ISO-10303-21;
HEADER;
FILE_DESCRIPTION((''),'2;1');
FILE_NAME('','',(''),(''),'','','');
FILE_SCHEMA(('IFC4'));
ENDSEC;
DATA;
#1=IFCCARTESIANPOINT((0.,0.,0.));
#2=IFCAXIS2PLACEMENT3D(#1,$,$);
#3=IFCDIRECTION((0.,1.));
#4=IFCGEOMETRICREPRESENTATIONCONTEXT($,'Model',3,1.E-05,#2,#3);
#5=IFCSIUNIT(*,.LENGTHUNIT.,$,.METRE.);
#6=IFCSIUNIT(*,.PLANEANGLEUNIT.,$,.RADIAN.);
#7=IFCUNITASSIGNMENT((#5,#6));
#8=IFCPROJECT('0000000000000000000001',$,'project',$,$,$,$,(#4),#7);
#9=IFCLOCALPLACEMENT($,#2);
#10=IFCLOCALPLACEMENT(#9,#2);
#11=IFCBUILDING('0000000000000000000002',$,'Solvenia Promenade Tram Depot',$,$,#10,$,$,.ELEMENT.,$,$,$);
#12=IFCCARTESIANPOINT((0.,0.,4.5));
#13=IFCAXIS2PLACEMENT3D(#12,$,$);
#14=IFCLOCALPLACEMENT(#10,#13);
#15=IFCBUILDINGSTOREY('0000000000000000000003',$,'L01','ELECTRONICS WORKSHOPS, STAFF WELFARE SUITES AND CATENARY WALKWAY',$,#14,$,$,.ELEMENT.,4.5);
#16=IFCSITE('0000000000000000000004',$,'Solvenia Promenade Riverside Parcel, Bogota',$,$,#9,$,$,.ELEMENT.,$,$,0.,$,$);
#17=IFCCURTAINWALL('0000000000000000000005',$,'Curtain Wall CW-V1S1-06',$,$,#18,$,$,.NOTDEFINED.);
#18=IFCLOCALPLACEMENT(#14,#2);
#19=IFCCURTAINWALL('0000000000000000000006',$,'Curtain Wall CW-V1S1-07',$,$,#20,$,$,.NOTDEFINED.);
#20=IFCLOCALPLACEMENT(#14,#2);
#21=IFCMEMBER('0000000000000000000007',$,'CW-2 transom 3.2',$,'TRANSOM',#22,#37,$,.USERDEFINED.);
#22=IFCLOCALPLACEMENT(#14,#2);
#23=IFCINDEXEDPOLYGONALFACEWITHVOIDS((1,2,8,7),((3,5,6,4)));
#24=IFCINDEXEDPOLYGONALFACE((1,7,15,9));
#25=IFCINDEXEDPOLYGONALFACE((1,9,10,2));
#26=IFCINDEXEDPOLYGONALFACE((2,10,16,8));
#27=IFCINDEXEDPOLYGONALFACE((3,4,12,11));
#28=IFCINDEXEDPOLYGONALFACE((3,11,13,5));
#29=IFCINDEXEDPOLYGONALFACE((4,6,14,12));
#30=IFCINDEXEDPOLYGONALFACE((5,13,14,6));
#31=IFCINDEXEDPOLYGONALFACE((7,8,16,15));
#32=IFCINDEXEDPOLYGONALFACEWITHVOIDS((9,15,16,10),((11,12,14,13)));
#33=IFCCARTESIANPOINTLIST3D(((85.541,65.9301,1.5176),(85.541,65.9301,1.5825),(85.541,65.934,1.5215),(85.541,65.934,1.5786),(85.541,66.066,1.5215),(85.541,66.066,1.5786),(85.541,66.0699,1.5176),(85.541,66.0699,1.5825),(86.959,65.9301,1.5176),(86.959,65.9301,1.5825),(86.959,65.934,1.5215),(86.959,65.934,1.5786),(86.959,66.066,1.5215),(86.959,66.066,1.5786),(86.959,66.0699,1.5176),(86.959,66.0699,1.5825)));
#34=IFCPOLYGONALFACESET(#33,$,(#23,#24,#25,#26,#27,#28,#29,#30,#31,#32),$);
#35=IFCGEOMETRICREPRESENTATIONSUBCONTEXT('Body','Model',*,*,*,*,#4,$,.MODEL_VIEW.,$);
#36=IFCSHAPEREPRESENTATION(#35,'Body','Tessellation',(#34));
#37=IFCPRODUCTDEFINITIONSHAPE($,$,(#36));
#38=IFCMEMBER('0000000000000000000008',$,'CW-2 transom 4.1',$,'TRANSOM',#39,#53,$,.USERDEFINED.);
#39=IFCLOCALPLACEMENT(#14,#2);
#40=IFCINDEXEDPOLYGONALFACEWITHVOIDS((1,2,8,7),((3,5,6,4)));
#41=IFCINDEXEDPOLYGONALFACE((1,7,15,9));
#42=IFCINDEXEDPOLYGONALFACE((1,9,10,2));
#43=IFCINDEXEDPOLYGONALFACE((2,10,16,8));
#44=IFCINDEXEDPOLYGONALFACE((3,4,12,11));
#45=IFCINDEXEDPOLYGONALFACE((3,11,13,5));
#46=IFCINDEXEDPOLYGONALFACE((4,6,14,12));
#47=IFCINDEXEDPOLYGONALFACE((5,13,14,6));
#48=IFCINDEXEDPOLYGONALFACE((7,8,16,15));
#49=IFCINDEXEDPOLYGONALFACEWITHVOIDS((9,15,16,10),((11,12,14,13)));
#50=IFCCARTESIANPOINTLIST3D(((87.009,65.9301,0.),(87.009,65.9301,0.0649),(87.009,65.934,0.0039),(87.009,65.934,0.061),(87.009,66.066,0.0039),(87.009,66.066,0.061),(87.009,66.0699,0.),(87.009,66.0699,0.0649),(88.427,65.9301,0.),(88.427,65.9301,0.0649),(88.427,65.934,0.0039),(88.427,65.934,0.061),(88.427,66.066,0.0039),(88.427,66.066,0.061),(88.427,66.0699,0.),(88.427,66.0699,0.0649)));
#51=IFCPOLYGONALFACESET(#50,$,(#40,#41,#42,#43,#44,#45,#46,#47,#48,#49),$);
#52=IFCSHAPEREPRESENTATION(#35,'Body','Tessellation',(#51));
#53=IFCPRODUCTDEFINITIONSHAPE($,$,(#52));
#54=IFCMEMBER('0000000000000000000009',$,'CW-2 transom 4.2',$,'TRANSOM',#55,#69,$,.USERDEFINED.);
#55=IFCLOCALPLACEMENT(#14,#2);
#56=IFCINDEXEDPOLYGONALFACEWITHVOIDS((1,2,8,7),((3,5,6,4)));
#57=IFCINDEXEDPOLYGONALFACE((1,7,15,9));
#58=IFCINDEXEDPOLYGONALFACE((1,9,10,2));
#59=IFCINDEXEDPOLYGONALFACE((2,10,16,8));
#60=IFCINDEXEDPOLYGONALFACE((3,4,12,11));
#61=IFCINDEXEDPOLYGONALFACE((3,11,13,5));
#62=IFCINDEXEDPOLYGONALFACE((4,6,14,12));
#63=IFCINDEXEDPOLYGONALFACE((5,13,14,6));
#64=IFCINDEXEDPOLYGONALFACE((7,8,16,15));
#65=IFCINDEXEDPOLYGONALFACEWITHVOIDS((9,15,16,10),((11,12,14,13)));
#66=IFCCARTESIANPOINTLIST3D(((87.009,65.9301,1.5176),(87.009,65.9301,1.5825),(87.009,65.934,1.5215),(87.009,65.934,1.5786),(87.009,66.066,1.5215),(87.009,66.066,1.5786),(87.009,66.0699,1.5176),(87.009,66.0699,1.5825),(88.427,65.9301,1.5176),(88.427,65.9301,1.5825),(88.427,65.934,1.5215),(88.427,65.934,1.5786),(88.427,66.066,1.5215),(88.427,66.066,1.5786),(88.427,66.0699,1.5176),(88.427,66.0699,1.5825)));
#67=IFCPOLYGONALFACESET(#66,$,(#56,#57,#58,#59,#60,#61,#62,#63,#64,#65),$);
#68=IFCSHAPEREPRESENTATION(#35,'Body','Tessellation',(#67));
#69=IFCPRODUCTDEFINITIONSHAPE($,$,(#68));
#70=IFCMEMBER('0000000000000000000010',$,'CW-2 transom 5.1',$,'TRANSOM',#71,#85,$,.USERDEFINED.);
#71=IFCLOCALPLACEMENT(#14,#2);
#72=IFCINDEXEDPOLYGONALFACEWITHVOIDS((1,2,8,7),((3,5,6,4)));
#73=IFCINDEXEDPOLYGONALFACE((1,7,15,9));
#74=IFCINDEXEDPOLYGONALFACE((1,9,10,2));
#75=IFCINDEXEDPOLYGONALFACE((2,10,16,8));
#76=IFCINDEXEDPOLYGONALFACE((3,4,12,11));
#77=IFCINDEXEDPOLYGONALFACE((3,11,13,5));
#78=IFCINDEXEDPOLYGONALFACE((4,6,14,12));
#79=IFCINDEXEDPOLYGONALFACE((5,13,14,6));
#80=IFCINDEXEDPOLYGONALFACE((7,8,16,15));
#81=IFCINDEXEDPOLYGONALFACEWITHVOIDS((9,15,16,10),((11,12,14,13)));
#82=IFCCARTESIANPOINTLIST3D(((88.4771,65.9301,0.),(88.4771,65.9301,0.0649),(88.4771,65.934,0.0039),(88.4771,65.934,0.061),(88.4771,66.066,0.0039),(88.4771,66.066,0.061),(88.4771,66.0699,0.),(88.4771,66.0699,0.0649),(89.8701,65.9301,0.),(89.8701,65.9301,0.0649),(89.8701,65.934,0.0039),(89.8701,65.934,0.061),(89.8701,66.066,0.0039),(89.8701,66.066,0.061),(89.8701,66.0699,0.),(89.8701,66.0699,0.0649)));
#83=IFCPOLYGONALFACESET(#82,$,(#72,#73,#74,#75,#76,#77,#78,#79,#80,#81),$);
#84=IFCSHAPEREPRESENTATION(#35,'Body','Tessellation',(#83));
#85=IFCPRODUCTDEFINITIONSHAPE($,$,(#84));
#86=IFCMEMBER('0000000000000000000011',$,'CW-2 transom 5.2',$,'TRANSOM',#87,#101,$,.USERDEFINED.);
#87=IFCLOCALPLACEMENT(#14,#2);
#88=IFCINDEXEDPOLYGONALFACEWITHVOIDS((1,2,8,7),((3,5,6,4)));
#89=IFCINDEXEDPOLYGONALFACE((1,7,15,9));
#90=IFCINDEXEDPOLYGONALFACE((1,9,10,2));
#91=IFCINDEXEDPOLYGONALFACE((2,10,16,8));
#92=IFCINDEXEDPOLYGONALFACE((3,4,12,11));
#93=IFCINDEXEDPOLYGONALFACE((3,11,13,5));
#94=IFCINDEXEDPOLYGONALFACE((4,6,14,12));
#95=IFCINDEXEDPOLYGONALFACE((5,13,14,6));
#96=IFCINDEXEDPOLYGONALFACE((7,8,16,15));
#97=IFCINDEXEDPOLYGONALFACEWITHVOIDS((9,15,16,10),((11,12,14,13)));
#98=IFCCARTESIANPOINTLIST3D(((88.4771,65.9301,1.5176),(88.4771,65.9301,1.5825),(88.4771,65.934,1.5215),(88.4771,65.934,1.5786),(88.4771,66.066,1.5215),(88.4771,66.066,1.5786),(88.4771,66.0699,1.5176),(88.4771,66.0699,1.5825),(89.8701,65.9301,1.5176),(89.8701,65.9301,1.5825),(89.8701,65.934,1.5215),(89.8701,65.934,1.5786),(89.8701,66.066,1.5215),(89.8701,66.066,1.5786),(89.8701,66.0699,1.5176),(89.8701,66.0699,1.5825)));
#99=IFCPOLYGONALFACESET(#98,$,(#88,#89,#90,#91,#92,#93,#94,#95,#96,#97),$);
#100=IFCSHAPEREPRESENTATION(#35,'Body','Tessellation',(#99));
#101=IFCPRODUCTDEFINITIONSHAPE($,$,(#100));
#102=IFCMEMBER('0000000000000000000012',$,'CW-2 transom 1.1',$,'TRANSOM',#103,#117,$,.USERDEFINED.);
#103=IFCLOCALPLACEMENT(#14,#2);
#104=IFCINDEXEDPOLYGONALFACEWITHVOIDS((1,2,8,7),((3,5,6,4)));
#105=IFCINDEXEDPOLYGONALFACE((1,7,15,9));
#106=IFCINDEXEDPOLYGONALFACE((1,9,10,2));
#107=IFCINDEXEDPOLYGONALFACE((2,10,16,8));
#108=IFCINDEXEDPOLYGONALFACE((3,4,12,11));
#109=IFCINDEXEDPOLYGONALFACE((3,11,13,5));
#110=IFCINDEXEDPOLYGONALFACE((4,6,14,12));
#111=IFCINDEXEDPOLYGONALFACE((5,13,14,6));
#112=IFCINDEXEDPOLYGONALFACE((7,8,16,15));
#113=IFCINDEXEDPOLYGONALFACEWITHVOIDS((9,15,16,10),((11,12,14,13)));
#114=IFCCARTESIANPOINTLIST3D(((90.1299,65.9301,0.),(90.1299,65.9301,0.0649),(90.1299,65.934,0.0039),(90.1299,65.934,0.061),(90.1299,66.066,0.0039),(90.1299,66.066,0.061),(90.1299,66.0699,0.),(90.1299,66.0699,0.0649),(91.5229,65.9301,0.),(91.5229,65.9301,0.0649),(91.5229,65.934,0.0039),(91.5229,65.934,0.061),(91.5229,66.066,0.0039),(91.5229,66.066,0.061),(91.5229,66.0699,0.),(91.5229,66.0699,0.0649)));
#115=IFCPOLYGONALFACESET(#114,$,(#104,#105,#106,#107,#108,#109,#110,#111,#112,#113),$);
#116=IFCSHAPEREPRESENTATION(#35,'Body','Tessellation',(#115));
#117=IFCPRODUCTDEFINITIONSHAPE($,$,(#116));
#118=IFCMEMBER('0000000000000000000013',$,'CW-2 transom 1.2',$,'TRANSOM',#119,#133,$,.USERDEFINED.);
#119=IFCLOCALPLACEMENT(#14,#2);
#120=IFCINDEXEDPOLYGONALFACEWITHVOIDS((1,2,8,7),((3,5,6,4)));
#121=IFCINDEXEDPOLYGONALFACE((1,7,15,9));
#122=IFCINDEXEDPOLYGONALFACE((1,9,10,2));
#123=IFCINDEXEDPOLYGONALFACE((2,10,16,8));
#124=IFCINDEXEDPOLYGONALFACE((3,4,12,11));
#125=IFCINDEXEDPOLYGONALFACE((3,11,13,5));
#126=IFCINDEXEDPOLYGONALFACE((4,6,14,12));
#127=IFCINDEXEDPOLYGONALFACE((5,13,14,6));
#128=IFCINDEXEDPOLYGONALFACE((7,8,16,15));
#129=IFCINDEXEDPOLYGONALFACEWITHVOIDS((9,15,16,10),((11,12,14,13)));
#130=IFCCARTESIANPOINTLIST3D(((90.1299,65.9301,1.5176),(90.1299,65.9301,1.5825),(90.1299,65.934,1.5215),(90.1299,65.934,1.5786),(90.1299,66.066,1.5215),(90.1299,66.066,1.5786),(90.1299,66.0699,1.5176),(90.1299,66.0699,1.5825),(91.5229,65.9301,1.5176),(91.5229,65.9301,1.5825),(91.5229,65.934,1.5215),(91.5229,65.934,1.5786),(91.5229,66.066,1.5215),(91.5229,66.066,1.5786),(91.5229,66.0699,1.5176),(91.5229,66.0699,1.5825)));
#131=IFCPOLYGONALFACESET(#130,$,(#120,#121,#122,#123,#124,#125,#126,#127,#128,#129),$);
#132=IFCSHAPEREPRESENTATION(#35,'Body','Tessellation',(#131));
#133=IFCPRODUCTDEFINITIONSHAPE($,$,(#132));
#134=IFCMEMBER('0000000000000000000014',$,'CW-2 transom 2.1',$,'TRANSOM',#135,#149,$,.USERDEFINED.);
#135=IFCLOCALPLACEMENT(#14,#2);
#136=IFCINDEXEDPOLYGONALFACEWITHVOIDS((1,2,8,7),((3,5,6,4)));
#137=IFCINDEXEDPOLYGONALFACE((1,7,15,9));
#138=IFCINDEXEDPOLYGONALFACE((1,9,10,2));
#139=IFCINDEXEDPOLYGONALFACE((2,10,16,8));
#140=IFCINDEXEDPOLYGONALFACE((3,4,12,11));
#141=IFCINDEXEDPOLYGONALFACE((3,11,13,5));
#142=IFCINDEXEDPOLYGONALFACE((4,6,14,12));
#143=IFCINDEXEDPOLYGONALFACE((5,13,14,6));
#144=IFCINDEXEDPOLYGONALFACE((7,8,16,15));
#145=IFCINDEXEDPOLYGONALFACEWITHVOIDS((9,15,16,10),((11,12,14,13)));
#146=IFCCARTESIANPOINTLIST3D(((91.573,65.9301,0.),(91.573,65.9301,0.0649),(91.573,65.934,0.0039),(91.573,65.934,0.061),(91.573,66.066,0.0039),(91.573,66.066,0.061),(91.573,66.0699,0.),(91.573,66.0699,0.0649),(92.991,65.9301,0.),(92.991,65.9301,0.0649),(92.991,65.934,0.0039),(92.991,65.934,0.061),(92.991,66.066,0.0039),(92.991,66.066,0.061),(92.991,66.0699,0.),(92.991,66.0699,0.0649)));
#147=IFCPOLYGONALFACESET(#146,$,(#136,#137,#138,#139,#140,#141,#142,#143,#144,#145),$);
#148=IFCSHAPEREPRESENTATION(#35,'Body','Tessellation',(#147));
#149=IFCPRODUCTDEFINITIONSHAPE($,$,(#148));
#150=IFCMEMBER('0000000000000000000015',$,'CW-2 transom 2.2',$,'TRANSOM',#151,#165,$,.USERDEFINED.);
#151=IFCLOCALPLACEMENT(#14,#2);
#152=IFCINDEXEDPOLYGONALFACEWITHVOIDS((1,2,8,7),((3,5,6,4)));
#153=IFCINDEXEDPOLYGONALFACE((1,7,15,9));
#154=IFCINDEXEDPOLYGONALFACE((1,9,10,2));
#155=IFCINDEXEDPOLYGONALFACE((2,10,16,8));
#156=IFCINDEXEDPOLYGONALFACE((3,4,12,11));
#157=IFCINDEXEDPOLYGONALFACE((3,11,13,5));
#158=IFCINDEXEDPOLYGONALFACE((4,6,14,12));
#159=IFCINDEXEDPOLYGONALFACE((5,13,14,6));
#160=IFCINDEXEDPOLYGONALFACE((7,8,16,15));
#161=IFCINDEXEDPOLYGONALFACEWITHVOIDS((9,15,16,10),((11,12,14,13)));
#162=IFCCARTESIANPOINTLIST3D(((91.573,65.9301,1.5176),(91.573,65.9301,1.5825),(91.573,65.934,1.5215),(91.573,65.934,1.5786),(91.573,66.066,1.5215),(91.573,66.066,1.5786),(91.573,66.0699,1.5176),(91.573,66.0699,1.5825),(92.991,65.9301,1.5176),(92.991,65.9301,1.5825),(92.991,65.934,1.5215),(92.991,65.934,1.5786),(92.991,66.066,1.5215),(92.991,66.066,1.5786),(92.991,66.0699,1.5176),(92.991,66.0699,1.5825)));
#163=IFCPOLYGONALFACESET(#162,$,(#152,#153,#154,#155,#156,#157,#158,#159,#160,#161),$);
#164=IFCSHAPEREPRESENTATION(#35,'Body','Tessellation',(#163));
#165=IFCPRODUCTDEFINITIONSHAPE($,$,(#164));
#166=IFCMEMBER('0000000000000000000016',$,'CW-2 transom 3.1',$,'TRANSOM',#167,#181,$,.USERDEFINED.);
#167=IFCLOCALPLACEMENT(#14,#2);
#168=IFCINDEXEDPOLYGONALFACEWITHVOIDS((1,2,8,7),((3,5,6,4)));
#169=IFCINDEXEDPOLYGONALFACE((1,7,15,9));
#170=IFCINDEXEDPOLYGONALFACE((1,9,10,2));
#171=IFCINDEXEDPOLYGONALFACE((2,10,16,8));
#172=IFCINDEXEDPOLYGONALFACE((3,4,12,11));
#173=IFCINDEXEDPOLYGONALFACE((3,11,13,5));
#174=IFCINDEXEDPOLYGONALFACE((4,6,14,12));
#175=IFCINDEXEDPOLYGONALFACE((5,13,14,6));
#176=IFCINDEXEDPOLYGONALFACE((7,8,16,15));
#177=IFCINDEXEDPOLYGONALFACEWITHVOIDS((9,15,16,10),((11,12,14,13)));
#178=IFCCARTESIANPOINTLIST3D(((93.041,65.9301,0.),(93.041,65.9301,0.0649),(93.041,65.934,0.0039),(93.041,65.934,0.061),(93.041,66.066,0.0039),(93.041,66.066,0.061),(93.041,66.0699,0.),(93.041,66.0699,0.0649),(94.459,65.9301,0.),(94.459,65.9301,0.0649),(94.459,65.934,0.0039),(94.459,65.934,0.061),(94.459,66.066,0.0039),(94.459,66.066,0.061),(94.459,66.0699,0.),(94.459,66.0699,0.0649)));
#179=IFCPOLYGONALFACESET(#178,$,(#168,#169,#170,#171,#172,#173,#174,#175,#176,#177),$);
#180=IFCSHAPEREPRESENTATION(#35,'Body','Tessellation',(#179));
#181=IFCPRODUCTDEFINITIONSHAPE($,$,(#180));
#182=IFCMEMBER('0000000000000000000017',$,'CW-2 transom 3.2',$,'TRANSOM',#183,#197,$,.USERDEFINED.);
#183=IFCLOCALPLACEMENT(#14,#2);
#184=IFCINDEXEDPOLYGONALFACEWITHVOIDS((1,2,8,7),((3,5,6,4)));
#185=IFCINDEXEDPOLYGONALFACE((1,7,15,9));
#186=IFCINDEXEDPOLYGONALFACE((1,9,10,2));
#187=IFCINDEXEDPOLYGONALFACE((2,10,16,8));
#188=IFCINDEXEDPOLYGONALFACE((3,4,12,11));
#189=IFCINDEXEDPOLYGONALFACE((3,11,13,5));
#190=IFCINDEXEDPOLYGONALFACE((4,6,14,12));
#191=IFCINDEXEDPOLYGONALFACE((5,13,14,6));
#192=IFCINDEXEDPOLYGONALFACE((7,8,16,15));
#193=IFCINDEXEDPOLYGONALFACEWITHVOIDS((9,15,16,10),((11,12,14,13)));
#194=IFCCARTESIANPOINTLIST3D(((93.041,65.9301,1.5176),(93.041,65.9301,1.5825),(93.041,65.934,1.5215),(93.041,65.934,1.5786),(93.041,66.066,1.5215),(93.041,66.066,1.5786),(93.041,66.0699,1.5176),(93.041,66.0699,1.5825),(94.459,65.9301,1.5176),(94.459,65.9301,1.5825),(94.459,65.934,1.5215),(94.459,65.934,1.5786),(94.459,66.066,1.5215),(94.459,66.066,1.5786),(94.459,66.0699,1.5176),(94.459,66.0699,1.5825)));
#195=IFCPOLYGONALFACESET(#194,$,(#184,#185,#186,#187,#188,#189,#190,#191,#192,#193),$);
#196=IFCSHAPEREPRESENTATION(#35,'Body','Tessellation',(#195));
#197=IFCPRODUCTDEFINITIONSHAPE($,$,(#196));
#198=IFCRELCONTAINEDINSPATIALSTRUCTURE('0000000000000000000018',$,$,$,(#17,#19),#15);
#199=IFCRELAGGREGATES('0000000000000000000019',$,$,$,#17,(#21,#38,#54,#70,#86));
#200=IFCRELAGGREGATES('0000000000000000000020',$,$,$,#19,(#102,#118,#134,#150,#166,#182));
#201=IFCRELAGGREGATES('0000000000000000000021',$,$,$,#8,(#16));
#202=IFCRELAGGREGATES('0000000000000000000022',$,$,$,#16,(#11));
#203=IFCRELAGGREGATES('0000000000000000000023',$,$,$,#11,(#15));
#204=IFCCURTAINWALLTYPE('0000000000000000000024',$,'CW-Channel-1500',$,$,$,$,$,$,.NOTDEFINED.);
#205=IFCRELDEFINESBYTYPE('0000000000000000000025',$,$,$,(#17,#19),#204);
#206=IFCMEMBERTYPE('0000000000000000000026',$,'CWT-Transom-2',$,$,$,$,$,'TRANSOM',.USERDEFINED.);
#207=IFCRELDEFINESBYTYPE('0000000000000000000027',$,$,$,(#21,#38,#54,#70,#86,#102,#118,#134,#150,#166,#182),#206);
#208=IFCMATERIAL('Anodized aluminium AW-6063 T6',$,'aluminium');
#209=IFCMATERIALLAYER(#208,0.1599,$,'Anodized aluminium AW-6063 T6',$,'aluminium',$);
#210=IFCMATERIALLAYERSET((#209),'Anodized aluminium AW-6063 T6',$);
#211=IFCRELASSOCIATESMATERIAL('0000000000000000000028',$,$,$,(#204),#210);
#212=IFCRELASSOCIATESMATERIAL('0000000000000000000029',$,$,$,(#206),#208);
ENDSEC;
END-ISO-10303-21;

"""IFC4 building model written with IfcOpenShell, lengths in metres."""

from ifc_helpers import new_model, si_unit, direction, frame, origin, origin_2d, place, context, subcontext, project, spatial, hollow_rectangle, extrude, material, layer, layer_set, material_profile, profile_set, type_object, element, aggregate, save


model = new_model("IFC4")

# Units and contexts
model_context = context("Model", 3, precision=1e-05, world=origin(), true_north=direction((0.0, 1.0)))
body_context = subcontext(model_context, "Body", "Model", "MODEL_VIEW")
ifc_project = project(units=[si_unit("LENGTHUNIT", "METRE"), si_unit("PLANEANGLEUNIT", "RADIAN")], contexts=[model_context])

# Site, building, storey
site_placement = place(None, origin())
site = spatial("IfcSite", under=ifc_project, at=site_placement, Name="Solvenia Promenade Riverside Parcel, Bogota", CompositionType="ELEMENT", RefElevation=0.0)
building_placement = place(site_placement, origin())
building = spatial("IfcBuilding", under=site, at=building_placement, Name="Solvenia Promenade Tram Depot", CompositionType="ELEMENT")
storey_placement = place(building_placement, frame((0.0, 0.0, 4.5)))
storey = spatial("IfcBuildingStorey", under=building, at=storey_placement, Name="L01", Description="ELECTRONICS WORKSHOPS, STAFF WELFARE SUITES AND CATENARY WALKWAY", CompositionType="ELEMENT", Elevation=4.5)

# Curtain walls
ifc_material_1 = material(Name="Anodized aluminium AW-6063 T6", Category="aluminium")
ifc_layer_1 = layer(ifc_material_1, 0.1599, Name="Anodized aluminium AW-6063 T6", Category="aluminium")
ifc_layer_set_1 = layer_set([ifc_layer_1], Name="Anodized aluminium AW-6063 T6")
curtain_wall_type = type_object("IfcCurtainWallType", Name="CW-Channel-1500", PredefinedType="NOTDEFINED", material=ifc_layer_set_1)
curtain_wall_1_placement = place(storey_placement, origin())
curtain_wall_1 = element("IfcCurtainWall", 1, at=curtain_wall_1_placement, inside=storey, type_object=curtain_wall_type, Name="Curtain Wall CW-V1S1-06", PredefinedType="NOTDEFINED")
curtain_wall_2_placement = place(storey_placement, origin())
curtain_wall_2 = element("IfcCurtainWall", 2, at=curtain_wall_2_placement, inside=storey, type_object=curtain_wall_type, Name="Curtain Wall CW-V1S1-07", PredefinedType="NOTDEFINED")

# Members
ifc_material_profile_1 = material_profile(ifc_material_1, hollow_rectangle(XDim=0.1399, YDim=0.0649, WallThickness=0.0039, at=origin_2d()), Name="ALU-T2", Category="aluminium")
ifc_profile_set_1 = profile_set([ifc_material_profile_1], Name="Anodized aluminium AW-6063 T6")
member_type_1 = type_object("IfcMemberType", Name="CWT-Transom-2", ElementType="TRANSOM", PredefinedType="USERDEFINED", material=ifc_profile_set_1)
member_1_placement = place(storey_placement, frame((85.541, 66.0, 1.55), z_axis=(1.0, 0.0, 0.0), x_axis=(0.0, 1.0, 0.0)))
member_1 = element("IfcMember", 3, at=member_1_placement, type_object=member_type_1, Name="CW-2 transom 3.2", ObjectType="TRANSOM", PredefinedType="USERDEFINED", context=body_context, shape_type="SweptSolid", body=[
    extrude(hollow_rectangle(XDim=0.1399, YDim=0.0649, WallThickness=0.0039, at=origin_2d()), origin(), (0.0, 0.0, 1.0), 1.418),
])
member_2_placement = place(storey_placement, frame((87.009, 66.0, 0.0325), z_axis=(1.0, 0.0, 0.0), x_axis=(0.0, 1.0, 0.0)))
member_2 = element("IfcMember", 4, at=member_2_placement, type_object=member_type_1, Name="CW-2 transom 4.1", ObjectType="TRANSOM", PredefinedType="USERDEFINED", context=body_context, shape_type="SweptSolid", body=[
    extrude(hollow_rectangle(XDim=0.1399, YDim=0.0649, WallThickness=0.0039, at=origin_2d()), origin(), (0.0, 0.0, 1.0), 1.418),
])
member_3_placement = place(storey_placement, frame((87.009, 66.0, 1.55), z_axis=(1.0, 0.0, 0.0), x_axis=(0.0, 1.0, 0.0)))
member_3 = element("IfcMember", 5, at=member_3_placement, type_object=member_type_1, Name="CW-2 transom 4.2", ObjectType="TRANSOM", PredefinedType="USERDEFINED", context=body_context, shape_type="SweptSolid", body=[
    extrude(hollow_rectangle(XDim=0.1399, YDim=0.0649, WallThickness=0.0039, at=origin_2d()), origin(), (0.0, 0.0, 1.0), 1.418),
])
member_4_placement = place(storey_placement, frame((88.4771, 66.0, 0.0325), z_axis=(1.0, 0.0, 0.0), x_axis=(0.0, 1.0, 0.0)))
member_4 = element("IfcMember", 6, at=member_4_placement, type_object=member_type_1, Name="CW-2 transom 5.1", ObjectType="TRANSOM", PredefinedType="USERDEFINED", context=body_context, shape_type="SweptSolid", body=[
    extrude(hollow_rectangle(XDim=0.1399, YDim=0.0649, WallThickness=0.0039, at=origin_2d()), origin(), (0.0, 0.0, 1.0), 1.3931),
])
member_5_placement = place(storey_placement, frame((88.4771, 66.0, 1.55), z_axis=(1.0, 0.0, 0.0), x_axis=(0.0, 1.0, 0.0)))
member_5 = element("IfcMember", 7, at=member_5_placement, type_object=member_type_1, Name="CW-2 transom 5.2", ObjectType="TRANSOM", PredefinedType="USERDEFINED", context=body_context, shape_type="SweptSolid", body=[
    extrude(hollow_rectangle(XDim=0.1399, YDim=0.0649, WallThickness=0.0039, at=origin_2d()), origin(), (0.0, 0.0, 1.0), 1.3931),
])
member_6_placement = place(storey_placement, frame((90.1299, 66.0, 0.0325), z_axis=(1.0, 0.0, 0.0), x_axis=(0.0, 1.0, 0.0)))
member_6 = element("IfcMember", 8, at=member_6_placement, type_object=member_type_1, Name="CW-2 transom 1.1", ObjectType="TRANSOM", PredefinedType="USERDEFINED", context=body_context, shape_type="SweptSolid", body=[
    extrude(hollow_rectangle(XDim=0.1399, YDim=0.0649, WallThickness=0.0039, at=origin_2d()), origin(), (0.0, 0.0, 1.0), 1.3931),
])
member_7_placement = place(storey_placement, frame((90.1299, 66.0, 1.55), z_axis=(1.0, 0.0, 0.0), x_axis=(0.0, 1.0, 0.0)))
member_7 = element("IfcMember", 9, at=member_7_placement, type_object=member_type_1, Name="CW-2 transom 1.2", ObjectType="TRANSOM", PredefinedType="USERDEFINED", context=body_context, shape_type="SweptSolid", body=[
    extrude(hollow_rectangle(XDim=0.1399, YDim=0.0649, WallThickness=0.0039, at=origin_2d()), origin(), (0.0, 0.0, 1.0), 1.3931),
])
member_8_placement = place(storey_placement, frame((91.573, 66.0, 0.0325), z_axis=(1.0, 0.0, 0.0), x_axis=(0.0, 1.0, 0.0)))
member_8 = element("IfcMember", 10, at=member_8_placement, type_object=member_type_1, Name="CW-2 transom 2.1", ObjectType="TRANSOM", PredefinedType="USERDEFINED", context=body_context, shape_type="SweptSolid", body=[
    extrude(hollow_rectangle(XDim=0.1399, YDim=0.0649, WallThickness=0.0039, at=origin_2d()), origin(), (0.0, 0.0, 1.0), 1.418),
])
member_9_placement = place(storey_placement, frame((91.573, 66.0, 1.55), z_axis=(1.0, 0.0, 0.0), x_axis=(0.0, 1.0, 0.0)))
member_9 = element("IfcMember", 11, at=member_9_placement, type_object=member_type_1, Name="CW-2 transom 2.2", ObjectType="TRANSOM", PredefinedType="USERDEFINED", context=body_context, shape_type="SweptSolid", body=[
    extrude(hollow_rectangle(XDim=0.1399, YDim=0.0649, WallThickness=0.0039, at=origin_2d()), origin(), (0.0, 0.0, 1.0), 1.418),
])
member_10_placement = place(storey_placement, frame((93.041, 66.0, 0.0325), z_axis=(1.0, 0.0, 0.0), x_axis=(0.0, 1.0, 0.0)))
member_10 = element("IfcMember", 12, at=member_10_placement, type_object=member_type_1, Name="CW-2 transom 3.1", ObjectType="TRANSOM", PredefinedType="USERDEFINED", context=body_context, shape_type="SweptSolid", body=[
    extrude(hollow_rectangle(XDim=0.1399, YDim=0.0649, WallThickness=0.0039, at=origin_2d()), origin(), (0.0, 0.0, 1.0), 1.418),
])
member_11_placement = place(storey_placement, frame((93.041, 66.0, 1.55), z_axis=(1.0, 0.0, 0.0), x_axis=(0.0, 1.0, 0.0)))
member_11 = element("IfcMember", 13, at=member_11_placement, type_object=member_type_1, Name="CW-2 transom 3.2", ObjectType="TRANSOM", PredefinedType="USERDEFINED", context=body_context, shape_type="SweptSolid", body=[
    extrude(hollow_rectangle(XDim=0.1399, YDim=0.0649, WallThickness=0.0039, at=origin_2d()), origin(), (0.0, 0.0, 1.0), 1.418),
])

aggregate(curtain_wall_1, [member_1, member_2, member_3, member_4, member_5])
aggregate(curtain_wall_2, [member_6, member_7, member_8, member_9, member_10, member_11])

save(model, "model.ifc")
